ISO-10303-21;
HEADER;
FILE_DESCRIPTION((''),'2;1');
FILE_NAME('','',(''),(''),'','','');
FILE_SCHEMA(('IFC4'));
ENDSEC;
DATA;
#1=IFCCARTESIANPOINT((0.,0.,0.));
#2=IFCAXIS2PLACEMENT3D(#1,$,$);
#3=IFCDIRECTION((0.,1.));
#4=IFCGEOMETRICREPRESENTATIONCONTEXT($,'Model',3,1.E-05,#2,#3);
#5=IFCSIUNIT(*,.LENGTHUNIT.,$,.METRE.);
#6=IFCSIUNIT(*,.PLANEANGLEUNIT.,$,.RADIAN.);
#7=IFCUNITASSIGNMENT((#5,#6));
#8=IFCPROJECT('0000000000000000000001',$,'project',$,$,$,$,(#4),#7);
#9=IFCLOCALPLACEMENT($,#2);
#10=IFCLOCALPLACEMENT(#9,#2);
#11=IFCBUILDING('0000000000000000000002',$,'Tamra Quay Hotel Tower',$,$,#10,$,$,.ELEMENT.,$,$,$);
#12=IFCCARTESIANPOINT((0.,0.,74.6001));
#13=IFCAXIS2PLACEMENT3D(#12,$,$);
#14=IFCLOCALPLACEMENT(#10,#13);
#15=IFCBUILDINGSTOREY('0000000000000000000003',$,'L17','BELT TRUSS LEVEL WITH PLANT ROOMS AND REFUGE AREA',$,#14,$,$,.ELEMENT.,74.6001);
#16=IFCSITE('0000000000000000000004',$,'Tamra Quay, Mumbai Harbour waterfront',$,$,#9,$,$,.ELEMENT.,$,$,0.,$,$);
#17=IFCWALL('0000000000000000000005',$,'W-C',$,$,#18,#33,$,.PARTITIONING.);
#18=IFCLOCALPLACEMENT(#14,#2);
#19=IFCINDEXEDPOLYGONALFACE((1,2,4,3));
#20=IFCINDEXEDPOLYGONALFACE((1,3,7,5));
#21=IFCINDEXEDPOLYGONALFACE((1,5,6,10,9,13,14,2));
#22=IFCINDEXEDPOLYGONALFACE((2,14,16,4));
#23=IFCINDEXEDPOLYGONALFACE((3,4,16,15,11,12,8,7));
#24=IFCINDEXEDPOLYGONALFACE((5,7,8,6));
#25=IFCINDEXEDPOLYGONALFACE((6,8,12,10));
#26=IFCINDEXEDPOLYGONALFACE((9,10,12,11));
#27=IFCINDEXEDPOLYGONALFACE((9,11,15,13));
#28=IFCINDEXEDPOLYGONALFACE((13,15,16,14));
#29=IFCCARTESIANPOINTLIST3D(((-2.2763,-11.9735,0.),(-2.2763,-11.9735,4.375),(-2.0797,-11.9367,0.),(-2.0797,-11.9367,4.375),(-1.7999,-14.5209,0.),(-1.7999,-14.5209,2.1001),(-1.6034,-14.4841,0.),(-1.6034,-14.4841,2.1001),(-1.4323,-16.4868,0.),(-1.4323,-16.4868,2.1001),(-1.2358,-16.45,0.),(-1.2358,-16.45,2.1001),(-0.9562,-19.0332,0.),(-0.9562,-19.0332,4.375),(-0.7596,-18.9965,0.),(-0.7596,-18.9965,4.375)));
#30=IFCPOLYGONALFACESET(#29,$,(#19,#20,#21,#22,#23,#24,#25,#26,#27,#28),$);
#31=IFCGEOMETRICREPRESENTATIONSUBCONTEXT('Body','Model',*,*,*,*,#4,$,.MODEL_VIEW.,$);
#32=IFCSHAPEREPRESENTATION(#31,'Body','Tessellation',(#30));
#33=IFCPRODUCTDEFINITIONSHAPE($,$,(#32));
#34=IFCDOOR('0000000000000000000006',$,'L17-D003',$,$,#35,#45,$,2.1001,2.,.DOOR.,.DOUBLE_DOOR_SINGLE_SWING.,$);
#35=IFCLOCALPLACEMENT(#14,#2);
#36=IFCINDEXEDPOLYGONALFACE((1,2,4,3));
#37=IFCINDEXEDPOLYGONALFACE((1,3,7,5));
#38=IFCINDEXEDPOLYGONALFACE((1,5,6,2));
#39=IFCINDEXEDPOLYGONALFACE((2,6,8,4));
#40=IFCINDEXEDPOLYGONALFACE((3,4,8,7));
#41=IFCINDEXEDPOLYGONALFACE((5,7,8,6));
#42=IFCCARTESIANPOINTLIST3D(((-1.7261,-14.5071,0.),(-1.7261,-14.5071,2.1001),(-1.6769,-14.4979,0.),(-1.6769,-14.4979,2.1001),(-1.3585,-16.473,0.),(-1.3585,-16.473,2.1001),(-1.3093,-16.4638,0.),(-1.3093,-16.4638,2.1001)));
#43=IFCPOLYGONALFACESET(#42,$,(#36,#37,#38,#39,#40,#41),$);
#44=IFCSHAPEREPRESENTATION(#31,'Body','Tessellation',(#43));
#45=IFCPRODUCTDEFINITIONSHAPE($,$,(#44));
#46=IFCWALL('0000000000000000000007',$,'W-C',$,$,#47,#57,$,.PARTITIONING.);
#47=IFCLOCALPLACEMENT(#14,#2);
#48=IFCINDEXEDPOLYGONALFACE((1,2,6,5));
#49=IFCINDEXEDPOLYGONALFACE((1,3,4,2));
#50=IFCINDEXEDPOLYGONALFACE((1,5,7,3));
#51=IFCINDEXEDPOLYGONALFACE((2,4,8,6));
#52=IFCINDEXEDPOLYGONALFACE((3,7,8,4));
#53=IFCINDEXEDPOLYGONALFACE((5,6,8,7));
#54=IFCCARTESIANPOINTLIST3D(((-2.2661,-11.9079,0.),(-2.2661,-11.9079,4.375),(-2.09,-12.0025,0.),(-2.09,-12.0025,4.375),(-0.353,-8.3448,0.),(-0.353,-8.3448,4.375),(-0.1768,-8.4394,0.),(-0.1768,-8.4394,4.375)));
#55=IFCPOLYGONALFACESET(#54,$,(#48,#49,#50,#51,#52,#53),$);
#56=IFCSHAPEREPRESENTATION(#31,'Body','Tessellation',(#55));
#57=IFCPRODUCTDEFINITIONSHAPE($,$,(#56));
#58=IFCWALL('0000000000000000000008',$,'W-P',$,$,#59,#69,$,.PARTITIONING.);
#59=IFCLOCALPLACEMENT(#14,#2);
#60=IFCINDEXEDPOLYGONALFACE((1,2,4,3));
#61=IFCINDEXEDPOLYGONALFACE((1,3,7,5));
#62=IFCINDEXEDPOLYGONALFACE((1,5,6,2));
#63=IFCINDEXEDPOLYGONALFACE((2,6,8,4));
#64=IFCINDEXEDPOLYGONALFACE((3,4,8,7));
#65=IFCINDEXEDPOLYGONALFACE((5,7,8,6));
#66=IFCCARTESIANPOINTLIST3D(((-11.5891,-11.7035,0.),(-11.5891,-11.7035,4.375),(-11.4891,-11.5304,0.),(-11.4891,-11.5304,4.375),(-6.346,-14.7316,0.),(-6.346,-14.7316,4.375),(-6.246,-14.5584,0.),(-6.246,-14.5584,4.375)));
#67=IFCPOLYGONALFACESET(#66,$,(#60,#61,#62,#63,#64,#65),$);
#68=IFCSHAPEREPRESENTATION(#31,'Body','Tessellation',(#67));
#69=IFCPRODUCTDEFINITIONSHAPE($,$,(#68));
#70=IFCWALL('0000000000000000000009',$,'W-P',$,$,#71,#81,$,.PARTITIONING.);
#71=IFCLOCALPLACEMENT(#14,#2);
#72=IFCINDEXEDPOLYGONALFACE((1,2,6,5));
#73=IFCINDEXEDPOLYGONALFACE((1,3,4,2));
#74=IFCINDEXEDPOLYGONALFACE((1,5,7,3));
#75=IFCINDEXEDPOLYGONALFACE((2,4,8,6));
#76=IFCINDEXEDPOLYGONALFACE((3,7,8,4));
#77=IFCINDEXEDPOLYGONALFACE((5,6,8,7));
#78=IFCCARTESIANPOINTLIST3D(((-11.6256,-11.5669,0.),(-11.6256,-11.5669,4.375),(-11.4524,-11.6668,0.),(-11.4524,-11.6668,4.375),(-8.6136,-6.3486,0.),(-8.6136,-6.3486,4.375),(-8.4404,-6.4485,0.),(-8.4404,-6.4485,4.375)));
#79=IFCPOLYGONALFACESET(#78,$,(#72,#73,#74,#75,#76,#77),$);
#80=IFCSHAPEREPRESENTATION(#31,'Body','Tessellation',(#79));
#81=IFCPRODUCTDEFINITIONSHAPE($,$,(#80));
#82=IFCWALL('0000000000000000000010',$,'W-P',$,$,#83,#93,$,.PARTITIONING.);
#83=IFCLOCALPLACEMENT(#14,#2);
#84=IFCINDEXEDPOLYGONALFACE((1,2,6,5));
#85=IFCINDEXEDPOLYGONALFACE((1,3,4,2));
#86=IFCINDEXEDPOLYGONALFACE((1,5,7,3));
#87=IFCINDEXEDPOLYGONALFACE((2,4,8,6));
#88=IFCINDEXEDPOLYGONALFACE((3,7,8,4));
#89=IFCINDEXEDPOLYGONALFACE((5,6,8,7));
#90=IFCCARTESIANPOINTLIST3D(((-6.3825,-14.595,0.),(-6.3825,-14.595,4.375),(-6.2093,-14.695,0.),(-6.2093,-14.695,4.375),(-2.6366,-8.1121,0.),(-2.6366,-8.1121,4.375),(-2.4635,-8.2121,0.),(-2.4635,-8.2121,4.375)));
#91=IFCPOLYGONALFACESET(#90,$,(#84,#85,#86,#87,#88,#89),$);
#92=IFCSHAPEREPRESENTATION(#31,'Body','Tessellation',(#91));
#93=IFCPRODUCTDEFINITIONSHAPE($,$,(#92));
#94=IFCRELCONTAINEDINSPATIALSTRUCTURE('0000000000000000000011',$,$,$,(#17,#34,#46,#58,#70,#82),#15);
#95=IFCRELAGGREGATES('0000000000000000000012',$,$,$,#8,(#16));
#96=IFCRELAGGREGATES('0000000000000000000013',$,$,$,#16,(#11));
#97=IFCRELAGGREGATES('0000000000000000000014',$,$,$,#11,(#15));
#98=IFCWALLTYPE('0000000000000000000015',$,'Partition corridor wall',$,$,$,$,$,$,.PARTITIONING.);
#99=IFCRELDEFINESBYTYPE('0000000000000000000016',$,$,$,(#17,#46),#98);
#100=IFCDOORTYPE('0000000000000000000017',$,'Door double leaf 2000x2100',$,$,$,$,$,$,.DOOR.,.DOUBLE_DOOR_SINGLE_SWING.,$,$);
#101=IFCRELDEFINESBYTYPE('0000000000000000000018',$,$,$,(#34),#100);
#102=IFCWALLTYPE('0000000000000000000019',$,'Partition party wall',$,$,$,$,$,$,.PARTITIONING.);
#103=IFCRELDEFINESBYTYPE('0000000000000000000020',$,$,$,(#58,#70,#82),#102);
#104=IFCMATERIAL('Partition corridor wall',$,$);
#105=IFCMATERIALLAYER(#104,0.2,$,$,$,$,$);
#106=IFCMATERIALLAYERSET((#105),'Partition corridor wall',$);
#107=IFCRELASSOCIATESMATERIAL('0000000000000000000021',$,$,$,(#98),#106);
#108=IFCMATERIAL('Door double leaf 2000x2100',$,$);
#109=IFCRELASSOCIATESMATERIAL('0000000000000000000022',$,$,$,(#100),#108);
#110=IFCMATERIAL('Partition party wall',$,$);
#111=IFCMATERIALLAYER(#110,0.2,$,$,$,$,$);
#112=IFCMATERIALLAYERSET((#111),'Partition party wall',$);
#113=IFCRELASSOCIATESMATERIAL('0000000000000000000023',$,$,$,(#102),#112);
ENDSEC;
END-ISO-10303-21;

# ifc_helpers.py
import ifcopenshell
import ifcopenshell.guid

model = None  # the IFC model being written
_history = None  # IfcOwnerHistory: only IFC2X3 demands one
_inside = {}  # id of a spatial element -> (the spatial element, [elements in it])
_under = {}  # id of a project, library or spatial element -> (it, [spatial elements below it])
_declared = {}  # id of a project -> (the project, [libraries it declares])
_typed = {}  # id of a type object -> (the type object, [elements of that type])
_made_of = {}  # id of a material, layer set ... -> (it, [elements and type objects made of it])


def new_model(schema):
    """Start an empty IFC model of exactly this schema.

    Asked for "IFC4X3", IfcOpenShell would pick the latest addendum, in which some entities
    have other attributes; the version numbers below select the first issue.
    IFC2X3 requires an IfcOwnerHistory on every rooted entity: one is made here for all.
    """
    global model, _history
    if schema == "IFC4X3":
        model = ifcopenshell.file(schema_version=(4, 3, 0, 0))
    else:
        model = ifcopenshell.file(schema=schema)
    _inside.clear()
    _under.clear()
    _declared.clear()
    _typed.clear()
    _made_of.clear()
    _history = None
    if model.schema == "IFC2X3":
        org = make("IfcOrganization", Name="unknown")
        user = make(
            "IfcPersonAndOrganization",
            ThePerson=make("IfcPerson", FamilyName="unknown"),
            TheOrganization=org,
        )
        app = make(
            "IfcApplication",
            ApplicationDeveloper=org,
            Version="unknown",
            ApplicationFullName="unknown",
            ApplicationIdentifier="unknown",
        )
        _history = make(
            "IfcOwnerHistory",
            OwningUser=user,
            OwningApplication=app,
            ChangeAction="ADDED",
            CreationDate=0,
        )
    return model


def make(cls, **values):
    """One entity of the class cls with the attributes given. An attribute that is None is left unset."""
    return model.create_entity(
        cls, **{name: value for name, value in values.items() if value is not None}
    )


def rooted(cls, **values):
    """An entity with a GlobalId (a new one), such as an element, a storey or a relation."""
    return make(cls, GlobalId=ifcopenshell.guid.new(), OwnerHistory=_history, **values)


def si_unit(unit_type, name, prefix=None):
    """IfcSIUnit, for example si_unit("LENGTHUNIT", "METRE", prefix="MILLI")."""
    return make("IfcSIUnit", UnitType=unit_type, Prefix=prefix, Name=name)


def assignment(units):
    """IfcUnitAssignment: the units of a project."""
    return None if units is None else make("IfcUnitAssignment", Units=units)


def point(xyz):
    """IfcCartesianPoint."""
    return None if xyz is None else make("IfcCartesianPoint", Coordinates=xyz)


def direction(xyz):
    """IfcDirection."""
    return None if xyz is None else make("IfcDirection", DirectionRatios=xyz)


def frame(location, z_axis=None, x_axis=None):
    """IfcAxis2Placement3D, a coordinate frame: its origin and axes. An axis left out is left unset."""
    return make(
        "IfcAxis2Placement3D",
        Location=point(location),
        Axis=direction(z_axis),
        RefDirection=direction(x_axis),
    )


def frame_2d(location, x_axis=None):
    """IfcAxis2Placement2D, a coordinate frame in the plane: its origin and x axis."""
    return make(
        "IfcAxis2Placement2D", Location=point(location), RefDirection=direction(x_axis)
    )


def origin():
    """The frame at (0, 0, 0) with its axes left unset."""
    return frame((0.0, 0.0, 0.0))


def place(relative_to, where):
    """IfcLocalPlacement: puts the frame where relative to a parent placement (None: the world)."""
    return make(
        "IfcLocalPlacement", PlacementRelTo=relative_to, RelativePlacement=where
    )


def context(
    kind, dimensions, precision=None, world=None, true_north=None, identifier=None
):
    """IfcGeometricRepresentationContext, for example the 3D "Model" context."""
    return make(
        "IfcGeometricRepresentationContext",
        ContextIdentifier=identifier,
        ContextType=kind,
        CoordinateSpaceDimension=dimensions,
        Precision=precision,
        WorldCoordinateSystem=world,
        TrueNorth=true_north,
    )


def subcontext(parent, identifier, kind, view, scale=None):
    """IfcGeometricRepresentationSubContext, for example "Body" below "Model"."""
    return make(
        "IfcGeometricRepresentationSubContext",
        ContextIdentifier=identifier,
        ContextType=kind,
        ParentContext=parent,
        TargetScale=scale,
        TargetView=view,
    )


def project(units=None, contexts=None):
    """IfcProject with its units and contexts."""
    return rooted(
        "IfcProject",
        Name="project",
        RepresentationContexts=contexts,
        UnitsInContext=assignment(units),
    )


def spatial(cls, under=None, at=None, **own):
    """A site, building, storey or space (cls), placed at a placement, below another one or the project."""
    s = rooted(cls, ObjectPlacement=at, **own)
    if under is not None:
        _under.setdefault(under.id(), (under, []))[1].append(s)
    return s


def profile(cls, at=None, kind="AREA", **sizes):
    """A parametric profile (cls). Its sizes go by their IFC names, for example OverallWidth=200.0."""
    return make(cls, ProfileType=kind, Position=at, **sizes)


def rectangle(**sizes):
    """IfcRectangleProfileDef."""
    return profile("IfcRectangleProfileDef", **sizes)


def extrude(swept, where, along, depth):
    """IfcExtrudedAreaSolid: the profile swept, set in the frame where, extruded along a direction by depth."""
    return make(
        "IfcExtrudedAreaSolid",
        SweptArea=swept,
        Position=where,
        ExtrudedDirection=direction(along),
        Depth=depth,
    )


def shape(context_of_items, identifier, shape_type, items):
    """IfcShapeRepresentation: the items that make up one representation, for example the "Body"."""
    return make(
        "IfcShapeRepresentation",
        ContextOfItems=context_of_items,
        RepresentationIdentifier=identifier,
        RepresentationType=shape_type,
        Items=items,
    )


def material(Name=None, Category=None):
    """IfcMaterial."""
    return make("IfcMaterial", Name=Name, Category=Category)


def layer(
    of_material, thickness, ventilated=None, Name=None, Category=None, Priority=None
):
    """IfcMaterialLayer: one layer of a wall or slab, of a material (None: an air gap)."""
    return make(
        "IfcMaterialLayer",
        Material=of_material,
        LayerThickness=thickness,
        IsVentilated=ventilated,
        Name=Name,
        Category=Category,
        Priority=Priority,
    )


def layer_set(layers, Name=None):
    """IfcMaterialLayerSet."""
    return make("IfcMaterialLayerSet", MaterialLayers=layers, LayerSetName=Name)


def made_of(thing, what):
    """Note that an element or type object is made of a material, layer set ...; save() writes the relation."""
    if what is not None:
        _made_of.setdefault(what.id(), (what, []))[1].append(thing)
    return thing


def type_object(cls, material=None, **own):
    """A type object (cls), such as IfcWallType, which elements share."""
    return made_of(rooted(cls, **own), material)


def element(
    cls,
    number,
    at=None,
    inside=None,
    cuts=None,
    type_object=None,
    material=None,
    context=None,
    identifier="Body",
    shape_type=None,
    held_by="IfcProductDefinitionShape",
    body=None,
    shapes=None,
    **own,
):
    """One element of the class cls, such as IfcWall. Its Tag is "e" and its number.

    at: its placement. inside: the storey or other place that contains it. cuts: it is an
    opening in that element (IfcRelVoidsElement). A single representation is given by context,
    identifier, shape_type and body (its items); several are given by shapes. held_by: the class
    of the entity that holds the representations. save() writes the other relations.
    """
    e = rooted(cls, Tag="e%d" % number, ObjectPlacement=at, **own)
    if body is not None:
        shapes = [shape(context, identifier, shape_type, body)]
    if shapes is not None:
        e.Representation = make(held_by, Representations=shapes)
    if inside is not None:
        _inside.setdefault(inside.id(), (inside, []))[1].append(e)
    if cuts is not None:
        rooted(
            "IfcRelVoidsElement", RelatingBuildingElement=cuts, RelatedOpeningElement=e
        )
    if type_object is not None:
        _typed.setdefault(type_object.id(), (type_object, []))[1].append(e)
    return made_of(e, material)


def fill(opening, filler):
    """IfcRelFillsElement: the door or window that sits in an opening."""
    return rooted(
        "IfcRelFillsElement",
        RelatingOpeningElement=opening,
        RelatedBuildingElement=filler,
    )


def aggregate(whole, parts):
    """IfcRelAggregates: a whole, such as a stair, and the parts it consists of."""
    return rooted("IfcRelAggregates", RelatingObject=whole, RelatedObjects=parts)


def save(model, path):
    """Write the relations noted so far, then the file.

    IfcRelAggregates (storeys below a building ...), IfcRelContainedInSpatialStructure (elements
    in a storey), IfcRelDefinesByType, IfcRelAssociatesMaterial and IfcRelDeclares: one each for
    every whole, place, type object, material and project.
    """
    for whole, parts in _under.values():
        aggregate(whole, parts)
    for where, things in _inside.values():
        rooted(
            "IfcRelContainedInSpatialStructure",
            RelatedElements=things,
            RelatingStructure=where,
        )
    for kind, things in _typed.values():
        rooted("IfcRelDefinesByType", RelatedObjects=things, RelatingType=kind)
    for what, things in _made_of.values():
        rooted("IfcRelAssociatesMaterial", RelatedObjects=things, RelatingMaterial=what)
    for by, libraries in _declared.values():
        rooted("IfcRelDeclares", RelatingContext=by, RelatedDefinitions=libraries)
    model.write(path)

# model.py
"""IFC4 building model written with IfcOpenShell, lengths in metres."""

from ifc_helpers import new_model, si_unit, direction, frame, frame_2d, origin, place, context, subcontext, project, spatial, rectangle, extrude, material, layer, layer_set, type_object, element, fill, save


model = new_model("IFC4")

# Units and contexts
model_context = context("Model", 3, precision=1e-05, world=origin(), true_north=direction((0.0, 1.0)))
body_context = subcontext(model_context, "Body", "Model", "MODEL_VIEW")
ifc_project = project(units=[si_unit("LENGTHUNIT", "METRE"), si_unit("PLANEANGLEUNIT", "RADIAN")], contexts=[model_context])

# Site, building, storey
site_placement = place(None, origin())
site = spatial("IfcSite", under=ifc_project, at=site_placement, Name="Tamra Quay, Mumbai Harbour waterfront", CompositionType="ELEMENT", RefElevation=0.0)
building_placement = place(site_placement, origin())
building = spatial("IfcBuilding", under=site, at=building_placement, Name="Tamra Quay Hotel Tower", CompositionType="ELEMENT")
storey_placement = place(building_placement, frame((0.0, 0.0, 74.6001)))
storey = spatial("IfcBuildingStorey", under=building, at=storey_placement, Name="L17", Description="BELT TRUSS LEVEL WITH PLANT ROOMS AND REFUGE AREA", CompositionType="ELEMENT", Elevation=74.6001)

# Shared definitions
ifc_material_1 = material(Name="Partition corridor wall")
ifc_layer_1 = layer(ifc_material_1, 0.2)
ifc_layer_set_1 = layer_set([ifc_layer_1], Name="Partition corridor wall")
wall_type_1 = type_object("IfcWallType", Name="Partition corridor wall", PredefinedType="PARTITIONING", material=ifc_layer_set_1)

# Wall, opening, door
wall_1_placement = place(storey_placement, frame((-2.178, -11.9551, 0.0), z_axis=(0.0, 0.0, 1.0), x_axis=(0.183798, -0.982964, 0.0)))
wall_1 = element("IfcWall", 1, at=wall_1_placement, inside=storey, type_object=wall_type_1, Name="W-C", PredefinedType="PARTITIONING", context=body_context, shape_type="SweptSolid", body=[
    extrude(rectangle(XDim=7.1821, YDim=0.2, at=frame_2d((3.5911, 0.0))), origin(), (0.0, 0.0, 1.0), 4.375),
])
opening_1_placement = place(wall_1_placement, frame((2.5916, 0.0, 0.0)))
opening_1 = element("IfcOpeningElement", 2, at=opening_1_placement, cuts=wall_1, PredefinedType="OPENING", context=body_context, shape_type="SweptSolid", body=[
    extrude(rectangle(XDim=2.0, YDim=2.1001, at=frame_2d((1.0, 1.05))), frame((0.0, 0.1099, 0.0), z_axis=(0.0, -1.0, 0.0), x_axis=(1.0, 0.0, 0.0)), (0.0, 0.0, 1.0), 0.22),
])
ifc_material_2 = material(Name="Door double leaf 2000x2100")
door_type_1 = type_object("IfcDoorType", Name="Door double leaf 2000x2100", OperationType="DOUBLE_DOOR_SINGLE_SWING", PredefinedType="DOOR", material=ifc_material_2)
door_1_placement = place(opening_1_placement, frame((2.0, 0.0, 0.0), z_axis=(0.0, 0.0, 1.0), x_axis=(-1.0, 0.0, 0.0)))
door_1 = element("IfcDoor", 3, at=door_1_placement, inside=storey, type_object=door_type_1, Name="L17-D003", OperationType="DOUBLE_DOOR_SINGLE_SWING", OverallHeight=2.1001, OverallWidth=2.0, PredefinedType="DOOR", context=body_context, shape_type="SweptSolid", body=[
    extrude(rectangle(XDim=2.0, YDim=2.1001, at=frame_2d((1.0, 1.05))), frame((0.0, 0.0249, 0.0), z_axis=(0.0, -1.0, 0.0), x_axis=(1.0, 0.0, 0.0)), (0.0, 0.0, 1.0), 0.05),
])
fill(opening_1, door_1)

# Walls
wall_2_placement = place(storey_placement, frame((-2.178, -11.9551, 0.0), z_axis=(0.0, 0.0, 1.0), x_axis=(0.473055, 0.881033, 0.0)))
element("IfcWall", 4, at=wall_2_placement, inside=storey, type_object=wall_type_1, Name="W-C", PredefinedType="PARTITIONING", context=body_context, shape_type="SweptSolid", body=[
    extrude(rectangle(XDim=4.0442, YDim=0.2, at=frame_2d((2.022, 0.0))), origin(), (0.0, 0.0, 1.0), 4.375),
])
ifc_material_3 = material(Name="Partition party wall")
ifc_layer_2 = layer(ifc_material_3, 0.2)
ifc_layer_set_2 = layer_set([ifc_layer_2], Name="Partition party wall")
wall_type_2 = type_object("IfcWallType", Name="Partition party wall", PredefinedType="PARTITIONING", material=ifc_layer_set_2)
wall_3_placement = place(storey_placement, frame((-11.5391, -11.6169, 0.0), z_axis=(0.0, 0.0, 1.0), x_axis=(0.865959, -0.500116, 0.0)))
element("IfcWall", 5, at=wall_3_placement, inside=storey, type_object=wall_type_2, Name="W-P", PredefinedType="PARTITIONING", context=body_context, shape_type="SweptSolid", body=[
    extrude(rectangle(XDim=6.0547, YDim=0.2, at=frame_2d((3.0273, 0.0))), origin(), (0.0, 0.0, 1.0), 4.375),
])
wall_4_placement = place(storey_placement, frame((-11.5391, -11.6169, 0.0), z_axis=(0.0, 0.0, 1.0), x_axis=(0.4999, 0.866083, 0.0)))
element("IfcWall", 6, at=wall_4_placement, inside=storey, type_object=wall_type_2, Name="W-P", PredefinedType="PARTITIONING", context=body_context, shape_type="SweptSolid", body=[
    extrude(rectangle(XDim=6.0251, YDim=0.2, at=frame_2d((3.0127, 0.0))), origin(), (0.0, 0.0, 1.0), 4.375),
])
wall_5_placement = place(storey_placement, frame((-6.2959, -14.645, 0.0), z_axis=(0.0, 0.0, 1.0), x_axis=(0.500294, 0.865855, 0.0)))
element("IfcWall", 7, at=wall_5_placement, inside=storey, type_object=wall_type_2, Name="W-P", PredefinedType="PARTITIONING", context=body_context, shape_type="SweptSolid", body=[
    extrude(rectangle(XDim=7.4873, YDim=0.2, at=frame_2d((3.7437, 0.0))), origin(), (0.0, 0.0, 1.0), 4.375),
])

save(model, "model.ifc")
